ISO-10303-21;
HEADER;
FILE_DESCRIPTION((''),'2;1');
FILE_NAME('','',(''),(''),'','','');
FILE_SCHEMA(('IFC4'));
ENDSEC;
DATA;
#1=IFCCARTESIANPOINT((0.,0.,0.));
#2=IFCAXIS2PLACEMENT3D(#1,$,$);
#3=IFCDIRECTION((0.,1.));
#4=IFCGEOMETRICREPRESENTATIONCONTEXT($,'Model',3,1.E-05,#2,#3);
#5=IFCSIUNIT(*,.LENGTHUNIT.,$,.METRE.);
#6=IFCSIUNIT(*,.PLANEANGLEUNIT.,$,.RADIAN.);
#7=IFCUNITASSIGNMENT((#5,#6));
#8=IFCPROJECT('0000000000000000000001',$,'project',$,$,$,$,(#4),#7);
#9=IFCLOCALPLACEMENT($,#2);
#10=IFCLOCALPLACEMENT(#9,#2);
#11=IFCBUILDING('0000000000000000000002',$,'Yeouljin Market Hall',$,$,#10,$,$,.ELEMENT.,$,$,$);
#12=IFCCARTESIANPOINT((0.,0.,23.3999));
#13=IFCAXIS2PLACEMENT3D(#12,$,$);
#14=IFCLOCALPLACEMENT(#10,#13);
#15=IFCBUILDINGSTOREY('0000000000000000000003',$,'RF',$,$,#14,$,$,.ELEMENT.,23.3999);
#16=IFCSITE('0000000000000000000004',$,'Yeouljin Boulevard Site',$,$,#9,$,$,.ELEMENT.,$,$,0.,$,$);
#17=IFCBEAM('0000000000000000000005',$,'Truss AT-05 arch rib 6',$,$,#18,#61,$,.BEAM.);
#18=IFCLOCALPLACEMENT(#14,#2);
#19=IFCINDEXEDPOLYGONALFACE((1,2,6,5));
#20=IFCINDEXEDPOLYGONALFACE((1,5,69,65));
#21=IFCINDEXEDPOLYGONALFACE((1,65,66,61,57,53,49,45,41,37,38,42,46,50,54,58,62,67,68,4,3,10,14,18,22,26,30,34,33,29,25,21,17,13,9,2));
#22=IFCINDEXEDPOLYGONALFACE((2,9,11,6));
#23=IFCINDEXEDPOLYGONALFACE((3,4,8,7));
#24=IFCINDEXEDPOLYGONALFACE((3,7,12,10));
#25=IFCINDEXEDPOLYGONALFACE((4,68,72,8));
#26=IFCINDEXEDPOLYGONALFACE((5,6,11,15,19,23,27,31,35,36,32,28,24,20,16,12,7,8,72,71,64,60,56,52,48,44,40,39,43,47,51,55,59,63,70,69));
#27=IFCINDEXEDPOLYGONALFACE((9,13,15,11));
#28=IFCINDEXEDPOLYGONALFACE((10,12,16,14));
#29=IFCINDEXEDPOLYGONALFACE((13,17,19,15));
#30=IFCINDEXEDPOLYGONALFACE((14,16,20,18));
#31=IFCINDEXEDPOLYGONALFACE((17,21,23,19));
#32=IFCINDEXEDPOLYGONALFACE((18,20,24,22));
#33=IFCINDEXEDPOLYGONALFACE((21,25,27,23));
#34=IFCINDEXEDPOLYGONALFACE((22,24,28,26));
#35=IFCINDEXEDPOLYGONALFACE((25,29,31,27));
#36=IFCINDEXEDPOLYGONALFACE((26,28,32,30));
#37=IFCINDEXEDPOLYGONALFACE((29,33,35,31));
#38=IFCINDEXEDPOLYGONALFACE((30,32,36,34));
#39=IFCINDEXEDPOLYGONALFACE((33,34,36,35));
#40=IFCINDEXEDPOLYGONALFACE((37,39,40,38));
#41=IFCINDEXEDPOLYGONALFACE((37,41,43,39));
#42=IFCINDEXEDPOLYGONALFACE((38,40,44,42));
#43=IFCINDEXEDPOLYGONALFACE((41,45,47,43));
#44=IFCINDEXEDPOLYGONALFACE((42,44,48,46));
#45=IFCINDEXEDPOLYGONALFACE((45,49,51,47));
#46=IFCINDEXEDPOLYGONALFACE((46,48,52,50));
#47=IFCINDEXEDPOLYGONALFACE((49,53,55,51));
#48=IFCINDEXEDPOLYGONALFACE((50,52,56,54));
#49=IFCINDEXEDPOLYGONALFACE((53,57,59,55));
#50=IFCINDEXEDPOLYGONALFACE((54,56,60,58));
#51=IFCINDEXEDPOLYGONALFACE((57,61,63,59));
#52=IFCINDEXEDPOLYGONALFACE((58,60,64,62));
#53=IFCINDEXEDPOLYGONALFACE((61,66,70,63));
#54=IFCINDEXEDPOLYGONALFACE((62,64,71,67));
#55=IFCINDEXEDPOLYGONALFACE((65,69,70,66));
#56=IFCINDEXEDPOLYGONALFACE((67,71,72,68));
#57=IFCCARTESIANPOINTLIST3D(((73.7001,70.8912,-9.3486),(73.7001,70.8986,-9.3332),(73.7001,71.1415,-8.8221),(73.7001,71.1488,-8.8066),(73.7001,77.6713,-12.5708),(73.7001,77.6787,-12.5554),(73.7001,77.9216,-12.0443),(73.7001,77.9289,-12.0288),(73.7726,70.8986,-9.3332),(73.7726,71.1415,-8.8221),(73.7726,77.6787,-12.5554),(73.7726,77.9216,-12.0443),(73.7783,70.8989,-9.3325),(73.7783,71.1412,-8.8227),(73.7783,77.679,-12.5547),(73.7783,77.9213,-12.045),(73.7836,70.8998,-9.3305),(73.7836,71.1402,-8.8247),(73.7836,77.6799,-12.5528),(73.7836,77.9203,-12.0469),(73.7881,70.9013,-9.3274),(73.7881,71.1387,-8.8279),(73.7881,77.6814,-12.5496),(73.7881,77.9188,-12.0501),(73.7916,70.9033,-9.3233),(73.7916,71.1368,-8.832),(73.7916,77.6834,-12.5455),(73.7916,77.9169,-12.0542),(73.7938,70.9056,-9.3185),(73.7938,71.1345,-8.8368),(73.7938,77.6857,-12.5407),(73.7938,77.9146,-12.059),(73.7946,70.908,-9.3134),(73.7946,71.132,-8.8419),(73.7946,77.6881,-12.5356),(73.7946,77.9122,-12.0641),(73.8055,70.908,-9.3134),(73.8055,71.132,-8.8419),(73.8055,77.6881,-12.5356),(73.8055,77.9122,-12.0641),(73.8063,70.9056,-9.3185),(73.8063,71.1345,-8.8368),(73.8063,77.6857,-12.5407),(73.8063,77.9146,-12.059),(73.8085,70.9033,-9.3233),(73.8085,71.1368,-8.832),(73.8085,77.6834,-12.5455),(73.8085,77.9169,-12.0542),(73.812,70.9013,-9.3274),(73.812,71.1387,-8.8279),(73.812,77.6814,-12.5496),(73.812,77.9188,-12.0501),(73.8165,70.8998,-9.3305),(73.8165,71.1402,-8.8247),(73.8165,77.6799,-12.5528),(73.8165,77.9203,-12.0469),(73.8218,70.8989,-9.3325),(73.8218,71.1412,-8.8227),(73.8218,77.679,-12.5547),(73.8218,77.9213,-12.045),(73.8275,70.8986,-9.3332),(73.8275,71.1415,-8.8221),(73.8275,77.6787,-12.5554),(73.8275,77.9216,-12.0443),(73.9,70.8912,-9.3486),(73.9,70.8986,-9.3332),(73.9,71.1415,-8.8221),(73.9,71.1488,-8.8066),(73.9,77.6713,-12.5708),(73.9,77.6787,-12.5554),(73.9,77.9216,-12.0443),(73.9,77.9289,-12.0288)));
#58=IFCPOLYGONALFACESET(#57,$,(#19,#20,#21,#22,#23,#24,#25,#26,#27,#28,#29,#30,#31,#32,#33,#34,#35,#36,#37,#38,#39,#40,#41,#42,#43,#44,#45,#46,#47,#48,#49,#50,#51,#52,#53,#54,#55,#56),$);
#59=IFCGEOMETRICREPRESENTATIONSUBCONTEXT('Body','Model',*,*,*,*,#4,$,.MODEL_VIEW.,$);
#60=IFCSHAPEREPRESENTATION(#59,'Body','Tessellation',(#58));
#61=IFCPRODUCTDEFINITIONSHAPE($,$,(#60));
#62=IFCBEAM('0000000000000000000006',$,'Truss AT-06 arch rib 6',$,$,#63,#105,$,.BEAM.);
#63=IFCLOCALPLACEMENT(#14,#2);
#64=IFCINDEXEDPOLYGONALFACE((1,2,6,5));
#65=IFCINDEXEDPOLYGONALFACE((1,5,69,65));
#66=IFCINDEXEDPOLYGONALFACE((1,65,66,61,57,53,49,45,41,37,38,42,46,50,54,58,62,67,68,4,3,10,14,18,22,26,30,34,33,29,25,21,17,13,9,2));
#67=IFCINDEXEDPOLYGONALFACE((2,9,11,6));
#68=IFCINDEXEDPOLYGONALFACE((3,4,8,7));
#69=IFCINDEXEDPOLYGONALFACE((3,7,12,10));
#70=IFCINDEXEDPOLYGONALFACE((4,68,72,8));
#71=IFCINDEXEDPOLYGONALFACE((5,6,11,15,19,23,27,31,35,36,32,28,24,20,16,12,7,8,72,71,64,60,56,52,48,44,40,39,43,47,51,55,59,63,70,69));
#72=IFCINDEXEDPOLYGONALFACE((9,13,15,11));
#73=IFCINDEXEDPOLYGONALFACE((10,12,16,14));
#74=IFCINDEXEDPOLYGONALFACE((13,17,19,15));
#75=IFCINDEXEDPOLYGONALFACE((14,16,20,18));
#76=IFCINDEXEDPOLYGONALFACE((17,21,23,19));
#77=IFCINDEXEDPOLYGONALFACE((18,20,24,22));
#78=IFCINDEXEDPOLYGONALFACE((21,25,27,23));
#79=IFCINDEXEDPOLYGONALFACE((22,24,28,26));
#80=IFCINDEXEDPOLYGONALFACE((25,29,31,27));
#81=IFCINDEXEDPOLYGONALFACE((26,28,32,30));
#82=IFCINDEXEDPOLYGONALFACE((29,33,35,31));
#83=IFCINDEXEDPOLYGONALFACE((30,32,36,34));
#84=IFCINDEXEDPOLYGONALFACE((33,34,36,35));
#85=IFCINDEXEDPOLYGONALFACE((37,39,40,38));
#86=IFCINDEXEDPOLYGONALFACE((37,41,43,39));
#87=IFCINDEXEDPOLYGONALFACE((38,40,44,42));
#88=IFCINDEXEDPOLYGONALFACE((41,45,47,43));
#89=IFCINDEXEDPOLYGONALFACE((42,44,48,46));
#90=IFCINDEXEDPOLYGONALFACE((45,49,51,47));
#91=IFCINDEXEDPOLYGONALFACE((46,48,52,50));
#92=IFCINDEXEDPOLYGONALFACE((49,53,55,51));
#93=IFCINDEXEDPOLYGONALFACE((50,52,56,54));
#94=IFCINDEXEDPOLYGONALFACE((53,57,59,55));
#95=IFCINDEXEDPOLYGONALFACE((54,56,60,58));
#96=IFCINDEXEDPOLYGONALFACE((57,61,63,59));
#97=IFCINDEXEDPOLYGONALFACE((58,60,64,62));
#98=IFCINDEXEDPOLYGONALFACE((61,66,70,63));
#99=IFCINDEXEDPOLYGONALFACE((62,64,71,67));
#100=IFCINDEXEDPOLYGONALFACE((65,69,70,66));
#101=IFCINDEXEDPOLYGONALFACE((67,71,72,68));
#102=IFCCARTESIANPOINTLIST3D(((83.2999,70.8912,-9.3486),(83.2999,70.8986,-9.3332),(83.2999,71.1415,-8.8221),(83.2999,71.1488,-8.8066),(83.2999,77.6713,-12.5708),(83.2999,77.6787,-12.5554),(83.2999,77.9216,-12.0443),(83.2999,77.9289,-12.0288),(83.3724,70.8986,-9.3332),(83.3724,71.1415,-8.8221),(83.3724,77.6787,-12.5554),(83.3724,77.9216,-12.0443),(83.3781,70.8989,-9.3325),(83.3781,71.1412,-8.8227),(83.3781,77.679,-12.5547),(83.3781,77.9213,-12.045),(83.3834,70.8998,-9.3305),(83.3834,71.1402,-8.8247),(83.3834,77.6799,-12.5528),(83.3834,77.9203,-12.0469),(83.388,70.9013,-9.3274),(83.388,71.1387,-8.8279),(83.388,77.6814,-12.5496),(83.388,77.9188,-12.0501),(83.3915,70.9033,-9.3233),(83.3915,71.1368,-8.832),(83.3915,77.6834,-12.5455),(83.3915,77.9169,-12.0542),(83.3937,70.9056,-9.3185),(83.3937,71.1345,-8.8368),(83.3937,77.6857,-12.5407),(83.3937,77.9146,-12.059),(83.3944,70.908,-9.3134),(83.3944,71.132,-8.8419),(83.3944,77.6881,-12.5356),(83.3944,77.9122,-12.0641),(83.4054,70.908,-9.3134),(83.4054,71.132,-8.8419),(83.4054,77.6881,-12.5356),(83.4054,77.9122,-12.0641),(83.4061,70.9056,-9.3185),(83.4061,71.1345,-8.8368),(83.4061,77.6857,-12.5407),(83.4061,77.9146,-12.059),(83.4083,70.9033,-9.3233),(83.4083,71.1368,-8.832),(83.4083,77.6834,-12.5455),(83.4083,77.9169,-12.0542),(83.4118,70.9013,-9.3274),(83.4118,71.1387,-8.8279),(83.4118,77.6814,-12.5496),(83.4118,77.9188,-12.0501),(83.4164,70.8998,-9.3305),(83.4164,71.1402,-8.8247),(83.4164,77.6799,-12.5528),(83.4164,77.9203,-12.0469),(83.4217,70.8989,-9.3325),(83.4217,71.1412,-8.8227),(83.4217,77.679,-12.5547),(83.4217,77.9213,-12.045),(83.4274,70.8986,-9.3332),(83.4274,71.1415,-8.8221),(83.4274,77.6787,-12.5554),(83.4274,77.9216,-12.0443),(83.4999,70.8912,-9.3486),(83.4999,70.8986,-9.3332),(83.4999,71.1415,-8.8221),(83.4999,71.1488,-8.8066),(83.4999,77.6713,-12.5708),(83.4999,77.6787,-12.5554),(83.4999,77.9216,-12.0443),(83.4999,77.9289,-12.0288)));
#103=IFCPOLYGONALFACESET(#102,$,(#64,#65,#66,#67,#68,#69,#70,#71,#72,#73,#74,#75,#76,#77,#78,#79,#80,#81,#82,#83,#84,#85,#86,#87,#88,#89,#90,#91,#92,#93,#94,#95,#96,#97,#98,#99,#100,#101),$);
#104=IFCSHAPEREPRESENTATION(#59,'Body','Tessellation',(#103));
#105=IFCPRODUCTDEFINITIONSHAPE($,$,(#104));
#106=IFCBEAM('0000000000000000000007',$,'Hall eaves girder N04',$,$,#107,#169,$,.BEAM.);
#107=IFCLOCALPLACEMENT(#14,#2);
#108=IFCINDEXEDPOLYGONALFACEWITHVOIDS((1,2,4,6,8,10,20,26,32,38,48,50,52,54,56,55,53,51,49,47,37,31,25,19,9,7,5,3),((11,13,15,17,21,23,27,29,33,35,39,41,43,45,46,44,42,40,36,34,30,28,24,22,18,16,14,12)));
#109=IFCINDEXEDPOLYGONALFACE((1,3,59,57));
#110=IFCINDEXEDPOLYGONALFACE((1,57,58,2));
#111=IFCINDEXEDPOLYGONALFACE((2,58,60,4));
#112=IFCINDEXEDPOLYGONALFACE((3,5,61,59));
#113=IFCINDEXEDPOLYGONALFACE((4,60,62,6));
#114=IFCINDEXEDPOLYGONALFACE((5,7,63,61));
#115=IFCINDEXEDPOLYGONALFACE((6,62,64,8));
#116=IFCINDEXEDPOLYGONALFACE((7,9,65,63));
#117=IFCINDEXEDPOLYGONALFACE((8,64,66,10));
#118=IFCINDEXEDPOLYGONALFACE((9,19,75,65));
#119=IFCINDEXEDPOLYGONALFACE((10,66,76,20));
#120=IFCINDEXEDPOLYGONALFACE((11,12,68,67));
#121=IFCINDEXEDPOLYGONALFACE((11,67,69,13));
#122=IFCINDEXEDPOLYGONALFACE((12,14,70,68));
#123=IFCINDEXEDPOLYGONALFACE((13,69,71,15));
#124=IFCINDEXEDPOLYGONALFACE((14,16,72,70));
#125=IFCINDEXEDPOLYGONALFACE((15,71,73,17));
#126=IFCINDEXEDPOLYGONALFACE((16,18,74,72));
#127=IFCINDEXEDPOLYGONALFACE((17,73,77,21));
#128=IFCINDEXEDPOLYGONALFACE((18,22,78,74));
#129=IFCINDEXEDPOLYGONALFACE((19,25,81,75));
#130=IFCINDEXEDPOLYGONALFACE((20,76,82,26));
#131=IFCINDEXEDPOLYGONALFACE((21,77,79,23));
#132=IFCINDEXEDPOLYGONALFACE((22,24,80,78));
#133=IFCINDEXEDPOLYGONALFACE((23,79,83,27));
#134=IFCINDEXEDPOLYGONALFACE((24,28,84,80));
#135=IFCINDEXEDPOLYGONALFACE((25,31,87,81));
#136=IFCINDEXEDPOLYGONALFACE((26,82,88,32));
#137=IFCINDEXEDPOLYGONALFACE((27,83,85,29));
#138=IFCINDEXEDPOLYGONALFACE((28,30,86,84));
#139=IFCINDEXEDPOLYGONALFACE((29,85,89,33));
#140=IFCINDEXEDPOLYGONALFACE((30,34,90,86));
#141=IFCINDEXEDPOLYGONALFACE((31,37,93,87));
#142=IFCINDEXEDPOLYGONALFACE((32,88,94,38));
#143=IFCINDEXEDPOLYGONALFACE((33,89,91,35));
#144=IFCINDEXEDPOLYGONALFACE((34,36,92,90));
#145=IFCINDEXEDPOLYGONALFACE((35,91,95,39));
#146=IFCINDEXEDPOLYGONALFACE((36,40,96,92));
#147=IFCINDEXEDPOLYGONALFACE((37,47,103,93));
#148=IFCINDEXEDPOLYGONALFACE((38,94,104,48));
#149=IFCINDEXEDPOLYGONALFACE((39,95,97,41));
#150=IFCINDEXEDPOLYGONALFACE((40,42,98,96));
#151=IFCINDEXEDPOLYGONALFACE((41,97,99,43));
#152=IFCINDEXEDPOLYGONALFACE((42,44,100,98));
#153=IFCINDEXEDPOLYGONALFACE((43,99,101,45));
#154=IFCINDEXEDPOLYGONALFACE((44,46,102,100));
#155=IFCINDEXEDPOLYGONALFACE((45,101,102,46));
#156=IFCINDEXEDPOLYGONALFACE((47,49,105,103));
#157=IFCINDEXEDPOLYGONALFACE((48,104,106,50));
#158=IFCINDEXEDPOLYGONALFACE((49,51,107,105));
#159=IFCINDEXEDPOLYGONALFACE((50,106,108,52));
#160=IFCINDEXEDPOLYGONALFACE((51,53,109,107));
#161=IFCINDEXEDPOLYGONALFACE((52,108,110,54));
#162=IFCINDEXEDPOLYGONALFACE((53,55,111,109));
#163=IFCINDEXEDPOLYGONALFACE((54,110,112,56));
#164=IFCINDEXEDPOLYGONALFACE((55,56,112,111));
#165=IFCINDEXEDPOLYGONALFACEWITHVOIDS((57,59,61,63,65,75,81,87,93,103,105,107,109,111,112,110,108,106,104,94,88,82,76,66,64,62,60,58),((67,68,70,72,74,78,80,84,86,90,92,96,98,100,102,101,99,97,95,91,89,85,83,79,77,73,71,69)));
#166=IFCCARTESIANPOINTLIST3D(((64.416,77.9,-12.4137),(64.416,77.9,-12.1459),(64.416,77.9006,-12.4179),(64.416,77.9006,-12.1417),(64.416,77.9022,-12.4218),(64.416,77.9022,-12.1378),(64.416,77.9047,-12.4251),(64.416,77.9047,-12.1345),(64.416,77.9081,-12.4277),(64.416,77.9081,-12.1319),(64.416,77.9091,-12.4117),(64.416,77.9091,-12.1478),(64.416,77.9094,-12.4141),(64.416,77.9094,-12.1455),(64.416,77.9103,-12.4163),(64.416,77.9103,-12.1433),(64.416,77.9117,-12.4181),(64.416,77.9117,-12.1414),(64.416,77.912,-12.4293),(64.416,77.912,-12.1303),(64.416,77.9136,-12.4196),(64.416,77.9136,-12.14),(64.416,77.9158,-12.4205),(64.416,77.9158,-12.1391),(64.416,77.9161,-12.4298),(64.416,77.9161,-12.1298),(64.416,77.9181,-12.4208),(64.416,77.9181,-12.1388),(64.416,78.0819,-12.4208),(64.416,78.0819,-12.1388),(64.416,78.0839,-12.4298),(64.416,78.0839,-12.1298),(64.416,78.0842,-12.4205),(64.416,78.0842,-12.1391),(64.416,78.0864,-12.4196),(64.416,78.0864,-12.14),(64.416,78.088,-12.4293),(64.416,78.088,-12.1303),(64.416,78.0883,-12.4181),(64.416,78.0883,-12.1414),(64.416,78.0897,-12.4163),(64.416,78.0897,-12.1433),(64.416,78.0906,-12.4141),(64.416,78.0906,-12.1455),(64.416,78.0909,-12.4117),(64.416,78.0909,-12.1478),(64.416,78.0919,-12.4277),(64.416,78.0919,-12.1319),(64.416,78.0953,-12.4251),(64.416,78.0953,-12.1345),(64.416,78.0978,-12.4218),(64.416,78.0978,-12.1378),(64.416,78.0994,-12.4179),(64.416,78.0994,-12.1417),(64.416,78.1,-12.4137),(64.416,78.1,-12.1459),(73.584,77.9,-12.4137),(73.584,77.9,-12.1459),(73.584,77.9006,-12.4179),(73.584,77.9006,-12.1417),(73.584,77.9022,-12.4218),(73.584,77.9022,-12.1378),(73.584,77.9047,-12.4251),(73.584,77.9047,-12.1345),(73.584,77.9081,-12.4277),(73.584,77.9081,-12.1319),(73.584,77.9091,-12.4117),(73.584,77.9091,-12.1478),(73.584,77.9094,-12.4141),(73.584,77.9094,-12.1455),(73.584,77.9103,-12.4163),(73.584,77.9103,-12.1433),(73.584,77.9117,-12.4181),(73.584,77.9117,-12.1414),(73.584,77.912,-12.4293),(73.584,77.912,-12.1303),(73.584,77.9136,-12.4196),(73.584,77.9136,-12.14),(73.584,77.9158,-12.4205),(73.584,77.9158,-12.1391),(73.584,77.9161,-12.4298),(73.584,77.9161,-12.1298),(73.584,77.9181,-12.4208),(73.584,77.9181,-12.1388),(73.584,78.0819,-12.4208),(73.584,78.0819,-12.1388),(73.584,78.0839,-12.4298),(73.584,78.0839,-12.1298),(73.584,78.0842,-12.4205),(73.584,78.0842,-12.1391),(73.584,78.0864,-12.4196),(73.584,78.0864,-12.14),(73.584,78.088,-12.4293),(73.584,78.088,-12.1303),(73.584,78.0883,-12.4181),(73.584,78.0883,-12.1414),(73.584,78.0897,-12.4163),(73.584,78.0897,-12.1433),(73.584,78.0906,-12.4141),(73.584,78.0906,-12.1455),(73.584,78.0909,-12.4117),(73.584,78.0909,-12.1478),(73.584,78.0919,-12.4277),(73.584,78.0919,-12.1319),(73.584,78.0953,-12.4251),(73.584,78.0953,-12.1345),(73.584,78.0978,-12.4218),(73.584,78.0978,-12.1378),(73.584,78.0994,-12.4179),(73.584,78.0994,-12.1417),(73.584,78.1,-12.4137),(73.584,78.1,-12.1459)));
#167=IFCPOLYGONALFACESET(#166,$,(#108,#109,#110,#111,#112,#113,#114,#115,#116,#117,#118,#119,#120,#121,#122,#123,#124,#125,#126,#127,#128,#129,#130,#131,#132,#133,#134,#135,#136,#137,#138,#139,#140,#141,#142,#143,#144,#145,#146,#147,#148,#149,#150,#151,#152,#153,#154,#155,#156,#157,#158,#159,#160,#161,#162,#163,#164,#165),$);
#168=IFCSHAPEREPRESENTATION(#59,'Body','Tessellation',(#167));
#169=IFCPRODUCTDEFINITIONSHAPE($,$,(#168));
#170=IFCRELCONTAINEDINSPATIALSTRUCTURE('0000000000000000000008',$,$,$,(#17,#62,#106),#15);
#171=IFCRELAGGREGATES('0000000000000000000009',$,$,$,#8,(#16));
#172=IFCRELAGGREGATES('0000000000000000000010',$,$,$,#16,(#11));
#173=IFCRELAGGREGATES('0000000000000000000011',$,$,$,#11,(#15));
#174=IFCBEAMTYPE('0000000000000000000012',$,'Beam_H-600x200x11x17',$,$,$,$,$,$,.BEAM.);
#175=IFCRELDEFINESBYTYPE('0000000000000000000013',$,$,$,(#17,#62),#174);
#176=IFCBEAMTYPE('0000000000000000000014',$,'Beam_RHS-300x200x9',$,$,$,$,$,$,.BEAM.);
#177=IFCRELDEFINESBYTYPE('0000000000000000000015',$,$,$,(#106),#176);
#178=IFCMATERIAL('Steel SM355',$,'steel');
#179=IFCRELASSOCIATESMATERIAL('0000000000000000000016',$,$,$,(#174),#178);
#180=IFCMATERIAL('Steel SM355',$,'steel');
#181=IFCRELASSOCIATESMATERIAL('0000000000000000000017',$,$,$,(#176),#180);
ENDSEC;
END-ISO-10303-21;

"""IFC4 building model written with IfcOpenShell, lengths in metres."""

from ifc_helpers import new_model, si_unit, direction, frame, origin, origin_2d, place, context, subcontext, project, spatial, hollow_rectangle, i_section, extrude, material, material_profile, profile_set, type_object, element, save


model = new_model("IFC4")

# Units and contexts
model_context = context("Model", 3, precision=1e-05, world=origin(), true_north=direction((0.0, 1.0)))
body_context = subcontext(model_context, "Body", "Model", "MODEL_VIEW")
ifc_project = project(units=[si_unit("LENGTHUNIT", "METRE"), si_unit("PLANEANGLEUNIT", "RADIAN")], contexts=[model_context])

# Site, building, storey
site_placement = place(None, origin())
site = spatial("IfcSite", under=ifc_project, at=site_placement, Name="Yeouljin Boulevard Site", CompositionType="ELEMENT", RefElevation=0.0)
building_placement = place(site_placement, origin())
building = spatial("IfcBuilding", under=site, at=building_placement, Name="Yeouljin Market Hall", CompositionType="ELEMENT")
storey_placement = place(building_placement, frame((0.0, 0.0, 23.3999)))
storey = spatial("IfcBuildingStorey", under=building, at=storey_placement, Name="RF", CompositionType="ELEMENT", Elevation=23.3999)

# Beams
ifc_material_1 = material(Name="Steel SM355", Category="steel")
ifc_material_profile_1 = material_profile(ifc_material_1, i_section(OverallWidth=0.2, OverallDepth=0.6001, WebThickness=0.011, FlangeThickness=0.0171, FilletRadius=0.022, at=origin_2d()), Name="H-600x200x11x17")
ifc_profile_set_1 = profile_set([ifc_material_profile_1], Name="Steel SM355")
beam_type_1 = type_object("IfcBeamType", Name="Beam_H-600x200x11x17", PredefinedType="BEAM", material=ifc_profile_set_1)
for number, where, z_axis, x_axis, name in (
    (1, (73.8, 71.02, -9.0776), (0.0, 0.903192, -0.429237), (-1.0, 0.0, 0.0), "Truss AT-05 arch rib 6"),
    (2, (83.3999, 71.02, -9.0776), (0.0, 0.903192, -0.429237), (-1.0, 0.0, 0.0), "Truss AT-06 arch rib 6"),
):
    element("IfcBeam", number, at=place(storey_placement, frame(where, z_axis=z_axis, x_axis=x_axis)), inside=storey, type_object=beam_type_1, Name=name, PredefinedType="BEAM", context=body_context, shape_type="SweptSolid", body=[
        extrude(i_section(OverallWidth=0.2, OverallDepth=0.6001, WebThickness=0.011, FlangeThickness=0.0171, FilletRadius=0.022, at=origin_2d()), origin(), (0.0, 0.0, 1.0), 7.5068),
    ])
ifc_material_2 = material(Name="Steel SM355", Category="steel")
ifc_material_profile_2 = material_profile(ifc_material_2, hollow_rectangle(XDim=0.2, YDim=0.3, WallThickness=0.009, InnerFilletRadius=0.009, OuterFilletRadius=0.0161, at=origin_2d()), Name="RHS-300x200x9")
ifc_profile_set_2 = profile_set([ifc_material_profile_2], Name="Steel SM355")
beam_type_2 = type_object("IfcBeamType", Name="Beam_RHS-300x200x9", PredefinedType="BEAM", material=ifc_profile_set_2)
for number, where, z_axis, x_axis, name in (
    (3, (64.416, 78.0, -12.2798), (1.0, 0.0, 0.0), (0.0, 1.0, 0.0), "Hall eaves girder N04"),
):
    element("IfcBeam", number, at=place(storey_placement, frame(where, z_axis=z_axis, x_axis=x_axis)), inside=storey, type_object=beam_type_2, Name=name, PredefinedType="BEAM", context=body_context, shape_type="SweptSolid", body=[
        extrude(hollow_rectangle(XDim=0.2, YDim=0.3, WallThickness=0.009, InnerFilletRadius=0.009, OuterFilletRadius=0.0161, at=origin_2d()), origin(), (0.0, 0.0, 1.0), 9.168),
    ])

save(model, "model.ifc")
